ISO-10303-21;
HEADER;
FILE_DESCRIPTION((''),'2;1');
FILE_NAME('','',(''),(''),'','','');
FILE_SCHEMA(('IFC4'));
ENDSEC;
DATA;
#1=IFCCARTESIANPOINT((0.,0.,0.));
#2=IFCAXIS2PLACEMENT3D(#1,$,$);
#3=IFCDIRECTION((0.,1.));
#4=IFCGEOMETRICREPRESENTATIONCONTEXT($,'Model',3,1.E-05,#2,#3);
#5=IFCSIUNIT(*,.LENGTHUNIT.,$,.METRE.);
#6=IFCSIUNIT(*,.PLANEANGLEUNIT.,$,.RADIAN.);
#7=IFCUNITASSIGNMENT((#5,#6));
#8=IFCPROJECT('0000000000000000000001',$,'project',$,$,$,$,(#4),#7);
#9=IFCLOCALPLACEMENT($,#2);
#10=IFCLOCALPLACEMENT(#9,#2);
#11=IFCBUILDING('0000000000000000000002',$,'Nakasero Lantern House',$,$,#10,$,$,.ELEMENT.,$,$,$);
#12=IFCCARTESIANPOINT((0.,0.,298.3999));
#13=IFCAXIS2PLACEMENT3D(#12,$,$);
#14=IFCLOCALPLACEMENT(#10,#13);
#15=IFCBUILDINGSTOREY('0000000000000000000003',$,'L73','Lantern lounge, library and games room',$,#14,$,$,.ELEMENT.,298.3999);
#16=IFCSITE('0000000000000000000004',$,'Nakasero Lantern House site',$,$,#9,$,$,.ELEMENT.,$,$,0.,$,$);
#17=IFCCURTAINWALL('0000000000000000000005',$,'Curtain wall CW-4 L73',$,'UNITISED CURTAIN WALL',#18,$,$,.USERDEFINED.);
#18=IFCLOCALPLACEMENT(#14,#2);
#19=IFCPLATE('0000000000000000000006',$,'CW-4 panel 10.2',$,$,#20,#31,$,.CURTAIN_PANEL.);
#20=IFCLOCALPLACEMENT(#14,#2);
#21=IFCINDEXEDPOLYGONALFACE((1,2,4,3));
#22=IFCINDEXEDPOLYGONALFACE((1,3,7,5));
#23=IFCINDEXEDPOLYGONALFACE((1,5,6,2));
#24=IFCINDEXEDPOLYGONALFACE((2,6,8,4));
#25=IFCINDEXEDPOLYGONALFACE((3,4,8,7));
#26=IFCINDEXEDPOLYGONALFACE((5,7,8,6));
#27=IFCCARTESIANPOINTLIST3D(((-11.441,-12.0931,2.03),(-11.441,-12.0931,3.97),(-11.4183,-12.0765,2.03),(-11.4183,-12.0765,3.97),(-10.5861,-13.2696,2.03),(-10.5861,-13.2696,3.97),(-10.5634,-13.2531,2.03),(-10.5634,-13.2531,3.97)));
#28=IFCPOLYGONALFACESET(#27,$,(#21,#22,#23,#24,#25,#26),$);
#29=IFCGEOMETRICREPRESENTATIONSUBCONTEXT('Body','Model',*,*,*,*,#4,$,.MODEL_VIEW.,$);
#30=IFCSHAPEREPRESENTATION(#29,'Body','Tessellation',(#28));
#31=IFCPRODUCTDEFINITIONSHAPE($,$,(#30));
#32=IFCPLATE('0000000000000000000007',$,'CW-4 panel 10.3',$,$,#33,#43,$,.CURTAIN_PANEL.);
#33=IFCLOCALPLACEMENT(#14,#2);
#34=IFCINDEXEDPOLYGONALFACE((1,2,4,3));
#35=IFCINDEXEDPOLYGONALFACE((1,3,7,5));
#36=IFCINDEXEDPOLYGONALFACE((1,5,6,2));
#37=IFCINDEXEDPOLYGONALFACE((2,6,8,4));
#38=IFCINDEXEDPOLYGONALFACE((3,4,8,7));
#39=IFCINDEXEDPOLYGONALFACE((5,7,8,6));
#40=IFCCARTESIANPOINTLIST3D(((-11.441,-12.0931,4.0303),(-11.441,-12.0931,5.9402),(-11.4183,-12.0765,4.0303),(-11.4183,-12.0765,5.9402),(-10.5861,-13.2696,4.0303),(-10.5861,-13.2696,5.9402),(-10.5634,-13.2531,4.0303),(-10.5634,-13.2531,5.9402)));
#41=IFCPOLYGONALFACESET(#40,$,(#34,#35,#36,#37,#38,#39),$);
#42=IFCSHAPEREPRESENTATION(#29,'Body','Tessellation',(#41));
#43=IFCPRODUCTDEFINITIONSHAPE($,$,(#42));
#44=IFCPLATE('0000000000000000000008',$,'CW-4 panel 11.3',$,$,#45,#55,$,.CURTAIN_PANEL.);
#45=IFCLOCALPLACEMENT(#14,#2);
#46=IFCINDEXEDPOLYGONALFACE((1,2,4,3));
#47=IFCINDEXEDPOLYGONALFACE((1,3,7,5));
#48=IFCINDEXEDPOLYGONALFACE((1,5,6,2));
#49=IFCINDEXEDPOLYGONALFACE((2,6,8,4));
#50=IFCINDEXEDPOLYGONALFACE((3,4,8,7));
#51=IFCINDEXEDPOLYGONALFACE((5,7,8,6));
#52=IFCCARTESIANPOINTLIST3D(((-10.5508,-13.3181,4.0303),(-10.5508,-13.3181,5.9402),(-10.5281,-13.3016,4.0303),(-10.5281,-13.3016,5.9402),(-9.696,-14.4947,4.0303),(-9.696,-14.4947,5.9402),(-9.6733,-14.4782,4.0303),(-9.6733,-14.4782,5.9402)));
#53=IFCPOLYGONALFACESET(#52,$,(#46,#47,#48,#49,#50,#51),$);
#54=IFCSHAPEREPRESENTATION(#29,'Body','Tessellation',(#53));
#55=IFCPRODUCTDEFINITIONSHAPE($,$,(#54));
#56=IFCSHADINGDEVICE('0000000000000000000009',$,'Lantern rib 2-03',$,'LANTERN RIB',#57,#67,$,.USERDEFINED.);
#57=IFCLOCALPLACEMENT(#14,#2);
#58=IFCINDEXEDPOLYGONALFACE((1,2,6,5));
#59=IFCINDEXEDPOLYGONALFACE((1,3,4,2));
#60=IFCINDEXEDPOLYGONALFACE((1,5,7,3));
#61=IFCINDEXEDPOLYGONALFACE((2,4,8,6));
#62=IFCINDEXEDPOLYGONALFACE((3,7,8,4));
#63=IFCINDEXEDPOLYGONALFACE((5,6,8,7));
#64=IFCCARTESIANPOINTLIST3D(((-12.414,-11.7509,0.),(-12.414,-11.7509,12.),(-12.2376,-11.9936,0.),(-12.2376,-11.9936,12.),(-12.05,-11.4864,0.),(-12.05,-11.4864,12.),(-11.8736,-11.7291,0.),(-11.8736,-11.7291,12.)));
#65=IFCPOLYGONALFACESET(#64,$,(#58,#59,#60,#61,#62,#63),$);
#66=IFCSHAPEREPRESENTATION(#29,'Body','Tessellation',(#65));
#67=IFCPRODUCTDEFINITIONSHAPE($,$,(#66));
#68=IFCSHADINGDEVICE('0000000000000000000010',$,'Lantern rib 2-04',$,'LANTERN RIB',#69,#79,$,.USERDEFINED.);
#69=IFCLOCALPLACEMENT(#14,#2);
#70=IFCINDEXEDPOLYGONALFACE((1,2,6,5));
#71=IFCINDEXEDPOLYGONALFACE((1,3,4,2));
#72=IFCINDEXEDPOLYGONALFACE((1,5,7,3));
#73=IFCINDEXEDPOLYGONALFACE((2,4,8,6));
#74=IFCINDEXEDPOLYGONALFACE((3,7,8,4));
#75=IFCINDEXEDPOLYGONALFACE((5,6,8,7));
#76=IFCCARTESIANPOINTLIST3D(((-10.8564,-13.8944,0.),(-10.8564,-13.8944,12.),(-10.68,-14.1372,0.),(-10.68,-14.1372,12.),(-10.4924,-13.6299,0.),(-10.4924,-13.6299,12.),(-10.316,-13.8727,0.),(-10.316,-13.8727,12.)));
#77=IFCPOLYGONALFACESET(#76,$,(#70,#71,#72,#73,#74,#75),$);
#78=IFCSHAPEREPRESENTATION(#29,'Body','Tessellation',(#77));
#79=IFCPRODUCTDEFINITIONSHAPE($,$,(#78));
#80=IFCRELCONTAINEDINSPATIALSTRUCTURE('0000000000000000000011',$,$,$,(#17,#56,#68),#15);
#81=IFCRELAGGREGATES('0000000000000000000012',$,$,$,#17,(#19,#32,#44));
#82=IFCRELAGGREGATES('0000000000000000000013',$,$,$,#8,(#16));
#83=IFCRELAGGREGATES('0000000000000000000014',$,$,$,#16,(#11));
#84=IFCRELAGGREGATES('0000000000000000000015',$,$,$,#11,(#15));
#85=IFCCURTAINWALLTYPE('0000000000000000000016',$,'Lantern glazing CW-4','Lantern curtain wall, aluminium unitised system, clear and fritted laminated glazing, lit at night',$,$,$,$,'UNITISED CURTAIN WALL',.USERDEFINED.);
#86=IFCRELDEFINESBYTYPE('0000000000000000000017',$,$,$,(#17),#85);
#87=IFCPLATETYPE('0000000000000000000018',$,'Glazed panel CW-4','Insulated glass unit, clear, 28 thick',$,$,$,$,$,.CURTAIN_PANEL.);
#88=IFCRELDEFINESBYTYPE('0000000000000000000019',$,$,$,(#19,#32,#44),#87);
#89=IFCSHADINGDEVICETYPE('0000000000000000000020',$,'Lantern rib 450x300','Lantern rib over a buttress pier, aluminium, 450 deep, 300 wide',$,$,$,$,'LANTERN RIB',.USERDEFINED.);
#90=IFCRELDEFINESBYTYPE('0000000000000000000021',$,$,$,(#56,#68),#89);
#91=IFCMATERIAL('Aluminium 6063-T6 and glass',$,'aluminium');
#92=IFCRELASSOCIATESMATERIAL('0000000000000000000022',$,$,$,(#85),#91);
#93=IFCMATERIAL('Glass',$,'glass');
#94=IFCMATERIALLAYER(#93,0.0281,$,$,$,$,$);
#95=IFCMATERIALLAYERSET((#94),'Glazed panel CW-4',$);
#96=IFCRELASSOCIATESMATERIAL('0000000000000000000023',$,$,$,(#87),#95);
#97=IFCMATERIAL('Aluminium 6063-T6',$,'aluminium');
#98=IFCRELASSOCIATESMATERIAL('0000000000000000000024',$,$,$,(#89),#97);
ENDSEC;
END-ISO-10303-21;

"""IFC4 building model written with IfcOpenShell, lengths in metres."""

from ifc_helpers import new_model, si_unit, direction, frame, origin, origin_2d, place, context, subcontext, project, spatial, rectangle, extrude, material, layer, layer_set, type_object, element, aggregate, save


model = new_model("IFC4")

# Units and contexts
model_context = context("Model", 3, precision=1e-05, world=origin(), true_north=direction((0.0, 1.0)))
body_context = subcontext(model_context, "Body", "Model", "MODEL_VIEW")
ifc_project = project(units=[si_unit("LENGTHUNIT", "METRE"), si_unit("PLANEANGLEUNIT", "RADIAN")], contexts=[model_context])

# Site, building, storey
site_placement = place(None, origin())
site = spatial("IfcSite", under=ifc_project, at=site_placement, Name="Nakasero Lantern House site", CompositionType="ELEMENT", RefElevation=0.0)
building_placement = place(site_placement, origin())
building = spatial("IfcBuilding", under=site, at=building_placement, Name="Nakasero Lantern House", CompositionType="ELEMENT")
storey_placement = place(building_placement, frame((0.0, 0.0, 298.3999)))
storey = spatial("IfcBuildingStorey", under=building, at=storey_placement, Name="L73", Description="Lantern lounge, library and games room", CompositionType="ELEMENT", Elevation=298.3999)

# Curtain wall
ifc_material_1 = material(Name="Aluminium 6063-T6 and glass", Category="aluminium")
curtain_wall_type = type_object("IfcCurtainWallType", Name="Lantern glazing CW-4", Description="Lantern curtain wall, aluminium unitised system, clear and fritted laminated glazing, lit at night", ElementType="UNITISED CURTAIN WALL", PredefinedType="USERDEFINED", material=ifc_material_1)
curtain_wall_placement = place(storey_placement, origin())
curtain_wall = element("IfcCurtainWall", 1, at=curtain_wall_placement, inside=storey, type_object=curtain_wall_type, Name="Curtain wall CW-4 L73", ObjectType="UNITISED CURTAIN WALL", PredefinedType="USERDEFINED")

# Plates
ifc_material_2 = material(Name="Glass", Category="glass")
ifc_layer = layer(ifc_material_2, 0.0281)
ifc_layer_set = layer_set([ifc_layer], Name="Glazed panel CW-4")
plate_type = type_object("IfcPlateType", Name="Glazed panel CW-4", Description="Insulated glass unit, clear, 28 thick", PredefinedType="CURTAIN_PANEL", material=ifc_layer_set)
plate_1_placement = place(storey_placement, frame((-11.0022, -12.6731, 2.03), z_axis=(0.0, 0.0, 1.0), x_axis=(0.587785, -0.809017, 0.0)))
plate_1 = element("IfcPlate", 2, at=plate_1_placement, type_object=plate_type, Name="CW-4 panel 10.2", PredefinedType="CURTAIN_PANEL", context=body_context, shape_type="SweptSolid", body=[
    extrude(rectangle(XDim=1.4543, YDim=0.0281, at=origin_2d()), origin(), (0.0, 0.0, 1.0), 1.9399),
])
plate_2_placement = place(storey_placement, frame((-11.0022, -12.6731, 4.0303), z_axis=(0.0, 0.0, 1.0), x_axis=(0.587785, -0.809017, 0.0)))
plate_2 = element("IfcPlate", 3, at=plate_2_placement, type_object=plate_type, Name="CW-4 panel 10.3", PredefinedType="CURTAIN_PANEL", context=body_context, shape_type="SweptSolid", body=[
    extrude(rectangle(XDim=1.4543, YDim=0.0281, at=origin_2d()), origin(), (0.0, 0.0, 1.0), 1.9099),
])
plate_3_placement = place(storey_placement, frame((-10.1121, -13.8982, 4.0303), z_axis=(0.0, 0.0, 1.0), x_axis=(0.587785, -0.809017, 0.0)))
plate_3 = element("IfcPlate", 4, at=plate_3_placement, type_object=plate_type, Name="CW-4 panel 11.3", PredefinedType="CURTAIN_PANEL", context=body_context, shape_type="SweptSolid", body=[
    extrude(rectangle(XDim=1.4543, YDim=0.0281, at=origin_2d()), origin(), (0.0, 0.0, 1.0), 1.9099),
])
aggregate(curtain_wall, [plate_1, plate_2, plate_3])

# Shading devices
ifc_material_3 = material(Name="Aluminium 6063-T6", Category="aluminium")
shading_device_type = type_object("IfcShadingDeviceType", Name="Lantern rib 450x300", Description="Lantern rib over a buttress pier, aluminium, 450 deep, 300 wide", ElementType="LANTERN RIB", PredefinedType="USERDEFINED", material=ifc_material_3)
for number, where, z_axis, x_axis, name in (
    (5, (-12.1438, -11.74, 0.0), (0.0, 0.0, 1.0), (-0.809017, -0.587785, 0.0), "Lantern rib 2-03"),
    (6, (-10.5862, -13.8835, 0.0), (0.0, 0.0, 1.0), (-0.809017, -0.587785, 0.0), "Lantern rib 2-04"),
):
    element("IfcShadingDevice", number, at=place(storey_placement, frame(where, z_axis=z_axis, x_axis=x_axis)), inside=storey, type_object=shading_device_type, Name=name, ObjectType="LANTERN RIB", PredefinedType="USERDEFINED", context=body_context, shape_type="SweptSolid", body=[
        extrude(rectangle(XDim=0.45, YDim=0.3, at=origin_2d()), origin(), (0.0, 0.0, 1.0), 12.0),
    ])

save(model, "model.ifc")
